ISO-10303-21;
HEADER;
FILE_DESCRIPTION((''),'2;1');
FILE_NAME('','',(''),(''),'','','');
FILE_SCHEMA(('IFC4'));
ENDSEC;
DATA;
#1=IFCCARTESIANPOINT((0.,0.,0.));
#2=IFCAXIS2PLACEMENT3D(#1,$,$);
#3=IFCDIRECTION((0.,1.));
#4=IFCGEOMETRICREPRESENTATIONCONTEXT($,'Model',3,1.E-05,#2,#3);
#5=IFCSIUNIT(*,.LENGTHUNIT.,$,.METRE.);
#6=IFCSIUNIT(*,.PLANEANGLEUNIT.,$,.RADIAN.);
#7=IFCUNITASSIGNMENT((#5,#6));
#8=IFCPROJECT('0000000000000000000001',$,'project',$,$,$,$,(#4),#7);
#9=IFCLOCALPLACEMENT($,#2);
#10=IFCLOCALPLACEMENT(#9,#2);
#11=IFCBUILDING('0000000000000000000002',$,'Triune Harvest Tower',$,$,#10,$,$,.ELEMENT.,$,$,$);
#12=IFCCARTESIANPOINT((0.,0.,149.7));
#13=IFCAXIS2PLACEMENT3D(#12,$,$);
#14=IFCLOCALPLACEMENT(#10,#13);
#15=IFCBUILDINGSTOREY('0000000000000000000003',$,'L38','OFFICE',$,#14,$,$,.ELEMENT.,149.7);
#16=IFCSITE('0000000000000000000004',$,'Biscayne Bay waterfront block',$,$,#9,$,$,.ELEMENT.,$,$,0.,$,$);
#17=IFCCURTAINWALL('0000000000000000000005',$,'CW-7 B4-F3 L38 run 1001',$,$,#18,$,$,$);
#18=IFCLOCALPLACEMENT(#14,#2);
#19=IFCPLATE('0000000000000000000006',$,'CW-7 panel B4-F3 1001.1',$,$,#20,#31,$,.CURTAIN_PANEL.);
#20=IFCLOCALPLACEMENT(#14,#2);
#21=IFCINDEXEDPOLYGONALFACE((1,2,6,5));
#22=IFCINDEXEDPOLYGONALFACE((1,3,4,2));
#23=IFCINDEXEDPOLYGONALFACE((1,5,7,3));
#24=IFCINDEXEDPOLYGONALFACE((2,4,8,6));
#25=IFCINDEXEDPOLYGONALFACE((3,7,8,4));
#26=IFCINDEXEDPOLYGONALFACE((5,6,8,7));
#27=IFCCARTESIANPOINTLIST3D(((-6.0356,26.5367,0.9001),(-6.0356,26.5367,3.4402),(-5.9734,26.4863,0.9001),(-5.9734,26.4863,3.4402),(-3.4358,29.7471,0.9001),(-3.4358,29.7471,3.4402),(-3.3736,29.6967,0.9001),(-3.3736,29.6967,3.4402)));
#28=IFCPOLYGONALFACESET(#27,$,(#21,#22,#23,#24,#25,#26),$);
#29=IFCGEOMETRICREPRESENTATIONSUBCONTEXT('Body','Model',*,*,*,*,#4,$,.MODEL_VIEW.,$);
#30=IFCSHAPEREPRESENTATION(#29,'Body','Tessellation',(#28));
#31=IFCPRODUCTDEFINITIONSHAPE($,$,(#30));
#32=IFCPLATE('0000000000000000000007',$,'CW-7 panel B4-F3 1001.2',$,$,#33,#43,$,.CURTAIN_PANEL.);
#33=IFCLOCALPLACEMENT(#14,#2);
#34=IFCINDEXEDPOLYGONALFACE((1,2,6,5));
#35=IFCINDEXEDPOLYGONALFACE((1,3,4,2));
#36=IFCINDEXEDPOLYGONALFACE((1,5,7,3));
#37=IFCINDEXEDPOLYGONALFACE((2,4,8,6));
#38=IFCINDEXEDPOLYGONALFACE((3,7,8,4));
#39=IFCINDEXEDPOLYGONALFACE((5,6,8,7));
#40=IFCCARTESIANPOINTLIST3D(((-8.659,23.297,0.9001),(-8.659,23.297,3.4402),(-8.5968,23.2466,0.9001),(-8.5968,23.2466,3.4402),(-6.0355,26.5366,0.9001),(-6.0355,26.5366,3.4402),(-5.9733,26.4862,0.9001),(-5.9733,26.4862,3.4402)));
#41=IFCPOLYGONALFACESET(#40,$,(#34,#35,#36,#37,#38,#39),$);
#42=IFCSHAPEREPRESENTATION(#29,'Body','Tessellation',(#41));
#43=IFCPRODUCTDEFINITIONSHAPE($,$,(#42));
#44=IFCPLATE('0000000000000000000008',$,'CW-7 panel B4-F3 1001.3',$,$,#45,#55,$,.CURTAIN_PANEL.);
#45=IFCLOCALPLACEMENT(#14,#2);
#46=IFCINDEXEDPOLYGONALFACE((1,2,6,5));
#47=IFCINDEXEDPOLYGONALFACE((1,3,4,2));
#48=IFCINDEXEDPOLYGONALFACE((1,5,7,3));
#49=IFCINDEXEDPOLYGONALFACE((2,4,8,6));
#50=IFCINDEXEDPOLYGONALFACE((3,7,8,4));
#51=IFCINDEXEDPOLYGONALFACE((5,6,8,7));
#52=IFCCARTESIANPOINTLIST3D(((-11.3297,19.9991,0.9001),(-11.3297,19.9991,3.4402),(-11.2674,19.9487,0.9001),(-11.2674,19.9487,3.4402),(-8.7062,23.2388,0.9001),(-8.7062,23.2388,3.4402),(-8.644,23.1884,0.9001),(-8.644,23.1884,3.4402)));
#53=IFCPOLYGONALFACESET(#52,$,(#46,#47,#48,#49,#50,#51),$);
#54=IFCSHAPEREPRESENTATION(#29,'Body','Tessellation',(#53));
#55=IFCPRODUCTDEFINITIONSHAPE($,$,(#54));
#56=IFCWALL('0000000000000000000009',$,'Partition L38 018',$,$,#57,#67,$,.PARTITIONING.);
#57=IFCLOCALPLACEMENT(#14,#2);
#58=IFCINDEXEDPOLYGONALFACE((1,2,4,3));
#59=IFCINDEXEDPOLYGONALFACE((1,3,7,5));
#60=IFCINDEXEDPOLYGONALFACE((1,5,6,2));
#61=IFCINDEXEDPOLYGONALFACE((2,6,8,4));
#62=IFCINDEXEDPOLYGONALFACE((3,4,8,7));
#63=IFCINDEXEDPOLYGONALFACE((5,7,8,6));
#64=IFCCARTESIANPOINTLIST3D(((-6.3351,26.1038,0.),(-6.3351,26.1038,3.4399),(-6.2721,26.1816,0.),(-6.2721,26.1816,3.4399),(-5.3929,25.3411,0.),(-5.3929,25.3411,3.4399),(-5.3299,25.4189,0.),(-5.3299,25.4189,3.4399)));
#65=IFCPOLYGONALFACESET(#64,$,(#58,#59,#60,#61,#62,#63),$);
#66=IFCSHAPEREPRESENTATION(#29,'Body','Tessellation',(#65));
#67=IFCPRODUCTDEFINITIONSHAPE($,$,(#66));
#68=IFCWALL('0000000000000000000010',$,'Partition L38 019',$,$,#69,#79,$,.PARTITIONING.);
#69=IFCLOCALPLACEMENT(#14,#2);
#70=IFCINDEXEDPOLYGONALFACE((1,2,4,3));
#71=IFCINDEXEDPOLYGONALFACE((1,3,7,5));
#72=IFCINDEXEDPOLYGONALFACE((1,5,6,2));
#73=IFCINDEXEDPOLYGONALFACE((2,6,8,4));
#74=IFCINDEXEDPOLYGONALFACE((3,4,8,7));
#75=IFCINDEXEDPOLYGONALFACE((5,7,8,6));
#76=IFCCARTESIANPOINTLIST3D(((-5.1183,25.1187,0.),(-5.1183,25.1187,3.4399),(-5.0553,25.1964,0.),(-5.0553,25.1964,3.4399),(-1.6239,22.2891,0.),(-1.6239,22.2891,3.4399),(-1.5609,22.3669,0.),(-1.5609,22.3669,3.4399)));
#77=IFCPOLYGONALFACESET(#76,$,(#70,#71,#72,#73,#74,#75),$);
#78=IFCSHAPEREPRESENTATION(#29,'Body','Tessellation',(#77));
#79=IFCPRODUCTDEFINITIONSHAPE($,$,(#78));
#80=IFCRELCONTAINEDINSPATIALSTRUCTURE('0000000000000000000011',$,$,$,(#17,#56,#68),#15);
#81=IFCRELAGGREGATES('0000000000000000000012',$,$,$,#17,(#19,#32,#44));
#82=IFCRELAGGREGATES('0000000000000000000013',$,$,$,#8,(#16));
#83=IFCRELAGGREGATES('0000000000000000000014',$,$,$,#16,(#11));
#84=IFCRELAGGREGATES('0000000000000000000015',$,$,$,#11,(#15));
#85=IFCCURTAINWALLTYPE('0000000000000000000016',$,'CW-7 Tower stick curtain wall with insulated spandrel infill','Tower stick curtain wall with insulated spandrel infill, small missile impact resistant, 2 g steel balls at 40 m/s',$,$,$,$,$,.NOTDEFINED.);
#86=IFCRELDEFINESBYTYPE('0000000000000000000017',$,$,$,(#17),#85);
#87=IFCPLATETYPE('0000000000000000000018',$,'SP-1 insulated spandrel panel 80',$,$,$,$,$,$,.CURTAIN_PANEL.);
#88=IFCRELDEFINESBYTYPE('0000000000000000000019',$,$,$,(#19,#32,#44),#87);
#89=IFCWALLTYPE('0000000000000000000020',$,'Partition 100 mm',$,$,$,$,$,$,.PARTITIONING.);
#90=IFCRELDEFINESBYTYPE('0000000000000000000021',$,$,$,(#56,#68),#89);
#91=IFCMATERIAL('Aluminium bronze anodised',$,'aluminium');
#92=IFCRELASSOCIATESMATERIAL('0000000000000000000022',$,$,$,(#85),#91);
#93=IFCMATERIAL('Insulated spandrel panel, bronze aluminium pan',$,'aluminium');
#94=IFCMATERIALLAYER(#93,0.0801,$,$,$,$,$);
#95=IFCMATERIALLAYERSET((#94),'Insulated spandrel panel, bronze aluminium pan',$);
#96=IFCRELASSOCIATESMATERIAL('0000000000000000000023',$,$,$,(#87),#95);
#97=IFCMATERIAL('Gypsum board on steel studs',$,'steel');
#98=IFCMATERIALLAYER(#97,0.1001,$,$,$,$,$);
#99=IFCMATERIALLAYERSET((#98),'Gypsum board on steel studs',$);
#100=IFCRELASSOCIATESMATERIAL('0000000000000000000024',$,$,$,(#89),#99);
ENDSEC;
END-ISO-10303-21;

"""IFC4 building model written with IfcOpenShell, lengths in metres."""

from ifc_helpers import new_model, si_unit, direction, frame, frame_2d, origin, origin_2d, place, context, subcontext, project, spatial, rectangle, extrude, source, transform, mapped, material, layer, layer_set, type_object, element, aggregate, save


model = new_model("IFC4")

# Units and contexts
model_context = context("Model", 3, precision=1e-05, world=origin(), true_north=direction((0.0, 1.0)))
body_context = subcontext(model_context, "Body", "Model", "MODEL_VIEW")
ifc_project = project(units=[si_unit("LENGTHUNIT", "METRE"), si_unit("PLANEANGLEUNIT", "RADIAN")], contexts=[model_context])

# Site, building, storey
site_placement = place(None, origin())
site = spatial("IfcSite", under=ifc_project, at=site_placement, Name="Biscayne Bay waterfront block", CompositionType="ELEMENT", RefElevation=0.0)
building_placement = place(site_placement, origin())
building = spatial("IfcBuilding", under=site, at=building_placement, Name="Triune Harvest Tower", CompositionType="ELEMENT")
storey_placement = place(building_placement, frame((0.0, 0.0, 149.7)))
storey = spatial("IfcBuildingStorey", under=building, at=storey_placement, Name="L38", Description="OFFICE", CompositionType="ELEMENT", Elevation=149.7)

# Curtain wall
ifc_material_1 = material(Name="Aluminium bronze anodised", Category="aluminium")
curtain_wall_type_1 = type_object("IfcCurtainWallType", Name="CW-7 Tower stick curtain wall with insulated spandrel infill", Description="Tower stick curtain wall with insulated spandrel infill, small missile impact resistant, 2 g steel balls at 40 m/s", PredefinedType="NOTDEFINED", material=ifc_material_1)
curtain_wall_1_placement = place(storey_placement, origin())
curtain_wall_1 = element("IfcCurtainWall", 1, at=curtain_wall_1_placement, inside=storey, type_object=curtain_wall_type_1, Name="CW-7 B4-F3 L38 run 1001")

# Plates
ifc_material_2 = material(Name="Insulated spandrel panel, bronze aluminium pan", Category="aluminium")
ifc_layer_1 = layer(ifc_material_2, 0.0801)
ifc_layer_set_1 = layer_set([ifc_layer_1], Name="Insulated spandrel panel, bronze aluminium pan")
plate_type_1 = type_object("IfcPlateType", Name="SP-1 insulated spandrel panel 80", PredefinedType="CURTAIN_PANEL", material=ifc_layer_set_1)
shared_shape_1 = source(origin(), body_context, "Body", "SweptSolid", [
    extrude(rectangle(XDim=4.1311, YDim=0.0801, at=origin_2d()), origin(), (0.0, 0.0, 1.0), 2.54),
])
plate_1_placement = place(storey_placement, frame((-4.7046, 28.1167, 0.9001), z_axis=(0.0, 0.0, 1.0), x_axis=(-0.629322, -0.777144, 0.0)))
plate_1 = element("IfcPlate", 2, at=plate_1_placement, type_object=plate_type_1, Name="CW-7 panel B4-F3 1001.1", PredefinedType="CURTAIN_PANEL", context=body_context, shape_type="MappedRepresentation", body=[
    mapped(shared_shape_1, transform((0.0, 0.0, 0.0), scale=1.0)),
])
shared_shape_2 = source(origin(), body_context, "Body", "SweptSolid", [
    extrude(rectangle(XDim=4.1687, YDim=0.0801, at=origin_2d()), origin(), (0.0, 0.0, 1.0), 2.54),
])
plate_2_placement = place(storey_placement, frame((-7.3162, 24.8916, 0.9001), z_axis=(0.0, 0.0, 1.0), x_axis=(-0.629322, -0.777144, 0.0)))
plate_2 = element("IfcPlate", 3, at=plate_2_placement, type_object=plate_type_1, Name="CW-7 panel B4-F3 1001.2", PredefinedType="CURTAIN_PANEL", context=body_context, shape_type="MappedRepresentation", body=[
    mapped(shared_shape_2, transform((0.0, 0.0, 0.0), scale=1.0)),
])
plate_3_placement = place(storey_placement, frame((-9.9868, 21.5938, 0.9001), z_axis=(0.0, 0.0, 1.0), x_axis=(-0.629322, -0.777144, 0.0)))
plate_3 = element("IfcPlate", 4, at=plate_3_placement, type_object=plate_type_1, Name="CW-7 panel B4-F3 1001.3", PredefinedType="CURTAIN_PANEL", context=body_context, shape_type="MappedRepresentation", body=[
    mapped(shared_shape_2, transform((0.0, 0.0, 0.0), scale=1.0)),
])
aggregate(curtain_wall_1, [plate_1, plate_2, plate_3])

# Walls
ifc_material_3 = material(Name="Gypsum board on steel studs", Category="steel")
ifc_layer_2 = layer(ifc_material_3, 0.1001)
ifc_layer_set_2 = layer_set([ifc_layer_2], Name="Gypsum board on steel studs")
wall_type = type_object("IfcWallType", Name="Partition 100 mm", PredefinedType="PARTITIONING", material=ifc_layer_set_2)
shared_shape_3 = source(origin(), body_context, "Body", "SweptSolid", [
    extrude(rectangle(XDim=1.2122, YDim=0.1001, at=frame_2d((0.606, 0.0))), origin(), (0.0, 0.0, 1.0), 3.4399),
])
wall_1_placement = place(storey_placement, frame((-6.3035, 26.1426, 0.0), z_axis=(0.0, 0.0, 1.0), x_axis=(0.77724, -0.629204, 0.0)))
element("IfcWall", 5, at=wall_1_placement, inside=storey, type_object=wall_type, Name="Partition L38 018", PredefinedType="PARTITIONING", context=body_context, shape_type="MappedRepresentation", body=[
    mapped(shared_shape_3, transform((0.0, 0.0, 0.0), scale=1.0)),
])
shared_shape_4 = source(origin(), body_context, "Body", "SweptSolid", [
    extrude(rectangle(XDim=4.4963, YDim=0.1001, at=frame_2d((2.248, 0.0))), origin(), (0.0, 0.0, 1.0), 3.4399),
])
wall_2_placement = place(storey_placement, frame((-5.0867, 25.1575, 0.0), z_axis=(0.0, 0.0, 1.0), x_axis=(0.777158, -0.629306, 0.0)))
element("IfcWall", 6, at=wall_2_placement, inside=storey, type_object=wall_type, Name="Partition L38 019", PredefinedType="PARTITIONING", context=body_context, shape_type="MappedRepresentation", body=[
    mapped(shared_shape_4, transform((0.0, 0.0, 0.0), scale=1.0)),
])

save(model, "model.ifc")
